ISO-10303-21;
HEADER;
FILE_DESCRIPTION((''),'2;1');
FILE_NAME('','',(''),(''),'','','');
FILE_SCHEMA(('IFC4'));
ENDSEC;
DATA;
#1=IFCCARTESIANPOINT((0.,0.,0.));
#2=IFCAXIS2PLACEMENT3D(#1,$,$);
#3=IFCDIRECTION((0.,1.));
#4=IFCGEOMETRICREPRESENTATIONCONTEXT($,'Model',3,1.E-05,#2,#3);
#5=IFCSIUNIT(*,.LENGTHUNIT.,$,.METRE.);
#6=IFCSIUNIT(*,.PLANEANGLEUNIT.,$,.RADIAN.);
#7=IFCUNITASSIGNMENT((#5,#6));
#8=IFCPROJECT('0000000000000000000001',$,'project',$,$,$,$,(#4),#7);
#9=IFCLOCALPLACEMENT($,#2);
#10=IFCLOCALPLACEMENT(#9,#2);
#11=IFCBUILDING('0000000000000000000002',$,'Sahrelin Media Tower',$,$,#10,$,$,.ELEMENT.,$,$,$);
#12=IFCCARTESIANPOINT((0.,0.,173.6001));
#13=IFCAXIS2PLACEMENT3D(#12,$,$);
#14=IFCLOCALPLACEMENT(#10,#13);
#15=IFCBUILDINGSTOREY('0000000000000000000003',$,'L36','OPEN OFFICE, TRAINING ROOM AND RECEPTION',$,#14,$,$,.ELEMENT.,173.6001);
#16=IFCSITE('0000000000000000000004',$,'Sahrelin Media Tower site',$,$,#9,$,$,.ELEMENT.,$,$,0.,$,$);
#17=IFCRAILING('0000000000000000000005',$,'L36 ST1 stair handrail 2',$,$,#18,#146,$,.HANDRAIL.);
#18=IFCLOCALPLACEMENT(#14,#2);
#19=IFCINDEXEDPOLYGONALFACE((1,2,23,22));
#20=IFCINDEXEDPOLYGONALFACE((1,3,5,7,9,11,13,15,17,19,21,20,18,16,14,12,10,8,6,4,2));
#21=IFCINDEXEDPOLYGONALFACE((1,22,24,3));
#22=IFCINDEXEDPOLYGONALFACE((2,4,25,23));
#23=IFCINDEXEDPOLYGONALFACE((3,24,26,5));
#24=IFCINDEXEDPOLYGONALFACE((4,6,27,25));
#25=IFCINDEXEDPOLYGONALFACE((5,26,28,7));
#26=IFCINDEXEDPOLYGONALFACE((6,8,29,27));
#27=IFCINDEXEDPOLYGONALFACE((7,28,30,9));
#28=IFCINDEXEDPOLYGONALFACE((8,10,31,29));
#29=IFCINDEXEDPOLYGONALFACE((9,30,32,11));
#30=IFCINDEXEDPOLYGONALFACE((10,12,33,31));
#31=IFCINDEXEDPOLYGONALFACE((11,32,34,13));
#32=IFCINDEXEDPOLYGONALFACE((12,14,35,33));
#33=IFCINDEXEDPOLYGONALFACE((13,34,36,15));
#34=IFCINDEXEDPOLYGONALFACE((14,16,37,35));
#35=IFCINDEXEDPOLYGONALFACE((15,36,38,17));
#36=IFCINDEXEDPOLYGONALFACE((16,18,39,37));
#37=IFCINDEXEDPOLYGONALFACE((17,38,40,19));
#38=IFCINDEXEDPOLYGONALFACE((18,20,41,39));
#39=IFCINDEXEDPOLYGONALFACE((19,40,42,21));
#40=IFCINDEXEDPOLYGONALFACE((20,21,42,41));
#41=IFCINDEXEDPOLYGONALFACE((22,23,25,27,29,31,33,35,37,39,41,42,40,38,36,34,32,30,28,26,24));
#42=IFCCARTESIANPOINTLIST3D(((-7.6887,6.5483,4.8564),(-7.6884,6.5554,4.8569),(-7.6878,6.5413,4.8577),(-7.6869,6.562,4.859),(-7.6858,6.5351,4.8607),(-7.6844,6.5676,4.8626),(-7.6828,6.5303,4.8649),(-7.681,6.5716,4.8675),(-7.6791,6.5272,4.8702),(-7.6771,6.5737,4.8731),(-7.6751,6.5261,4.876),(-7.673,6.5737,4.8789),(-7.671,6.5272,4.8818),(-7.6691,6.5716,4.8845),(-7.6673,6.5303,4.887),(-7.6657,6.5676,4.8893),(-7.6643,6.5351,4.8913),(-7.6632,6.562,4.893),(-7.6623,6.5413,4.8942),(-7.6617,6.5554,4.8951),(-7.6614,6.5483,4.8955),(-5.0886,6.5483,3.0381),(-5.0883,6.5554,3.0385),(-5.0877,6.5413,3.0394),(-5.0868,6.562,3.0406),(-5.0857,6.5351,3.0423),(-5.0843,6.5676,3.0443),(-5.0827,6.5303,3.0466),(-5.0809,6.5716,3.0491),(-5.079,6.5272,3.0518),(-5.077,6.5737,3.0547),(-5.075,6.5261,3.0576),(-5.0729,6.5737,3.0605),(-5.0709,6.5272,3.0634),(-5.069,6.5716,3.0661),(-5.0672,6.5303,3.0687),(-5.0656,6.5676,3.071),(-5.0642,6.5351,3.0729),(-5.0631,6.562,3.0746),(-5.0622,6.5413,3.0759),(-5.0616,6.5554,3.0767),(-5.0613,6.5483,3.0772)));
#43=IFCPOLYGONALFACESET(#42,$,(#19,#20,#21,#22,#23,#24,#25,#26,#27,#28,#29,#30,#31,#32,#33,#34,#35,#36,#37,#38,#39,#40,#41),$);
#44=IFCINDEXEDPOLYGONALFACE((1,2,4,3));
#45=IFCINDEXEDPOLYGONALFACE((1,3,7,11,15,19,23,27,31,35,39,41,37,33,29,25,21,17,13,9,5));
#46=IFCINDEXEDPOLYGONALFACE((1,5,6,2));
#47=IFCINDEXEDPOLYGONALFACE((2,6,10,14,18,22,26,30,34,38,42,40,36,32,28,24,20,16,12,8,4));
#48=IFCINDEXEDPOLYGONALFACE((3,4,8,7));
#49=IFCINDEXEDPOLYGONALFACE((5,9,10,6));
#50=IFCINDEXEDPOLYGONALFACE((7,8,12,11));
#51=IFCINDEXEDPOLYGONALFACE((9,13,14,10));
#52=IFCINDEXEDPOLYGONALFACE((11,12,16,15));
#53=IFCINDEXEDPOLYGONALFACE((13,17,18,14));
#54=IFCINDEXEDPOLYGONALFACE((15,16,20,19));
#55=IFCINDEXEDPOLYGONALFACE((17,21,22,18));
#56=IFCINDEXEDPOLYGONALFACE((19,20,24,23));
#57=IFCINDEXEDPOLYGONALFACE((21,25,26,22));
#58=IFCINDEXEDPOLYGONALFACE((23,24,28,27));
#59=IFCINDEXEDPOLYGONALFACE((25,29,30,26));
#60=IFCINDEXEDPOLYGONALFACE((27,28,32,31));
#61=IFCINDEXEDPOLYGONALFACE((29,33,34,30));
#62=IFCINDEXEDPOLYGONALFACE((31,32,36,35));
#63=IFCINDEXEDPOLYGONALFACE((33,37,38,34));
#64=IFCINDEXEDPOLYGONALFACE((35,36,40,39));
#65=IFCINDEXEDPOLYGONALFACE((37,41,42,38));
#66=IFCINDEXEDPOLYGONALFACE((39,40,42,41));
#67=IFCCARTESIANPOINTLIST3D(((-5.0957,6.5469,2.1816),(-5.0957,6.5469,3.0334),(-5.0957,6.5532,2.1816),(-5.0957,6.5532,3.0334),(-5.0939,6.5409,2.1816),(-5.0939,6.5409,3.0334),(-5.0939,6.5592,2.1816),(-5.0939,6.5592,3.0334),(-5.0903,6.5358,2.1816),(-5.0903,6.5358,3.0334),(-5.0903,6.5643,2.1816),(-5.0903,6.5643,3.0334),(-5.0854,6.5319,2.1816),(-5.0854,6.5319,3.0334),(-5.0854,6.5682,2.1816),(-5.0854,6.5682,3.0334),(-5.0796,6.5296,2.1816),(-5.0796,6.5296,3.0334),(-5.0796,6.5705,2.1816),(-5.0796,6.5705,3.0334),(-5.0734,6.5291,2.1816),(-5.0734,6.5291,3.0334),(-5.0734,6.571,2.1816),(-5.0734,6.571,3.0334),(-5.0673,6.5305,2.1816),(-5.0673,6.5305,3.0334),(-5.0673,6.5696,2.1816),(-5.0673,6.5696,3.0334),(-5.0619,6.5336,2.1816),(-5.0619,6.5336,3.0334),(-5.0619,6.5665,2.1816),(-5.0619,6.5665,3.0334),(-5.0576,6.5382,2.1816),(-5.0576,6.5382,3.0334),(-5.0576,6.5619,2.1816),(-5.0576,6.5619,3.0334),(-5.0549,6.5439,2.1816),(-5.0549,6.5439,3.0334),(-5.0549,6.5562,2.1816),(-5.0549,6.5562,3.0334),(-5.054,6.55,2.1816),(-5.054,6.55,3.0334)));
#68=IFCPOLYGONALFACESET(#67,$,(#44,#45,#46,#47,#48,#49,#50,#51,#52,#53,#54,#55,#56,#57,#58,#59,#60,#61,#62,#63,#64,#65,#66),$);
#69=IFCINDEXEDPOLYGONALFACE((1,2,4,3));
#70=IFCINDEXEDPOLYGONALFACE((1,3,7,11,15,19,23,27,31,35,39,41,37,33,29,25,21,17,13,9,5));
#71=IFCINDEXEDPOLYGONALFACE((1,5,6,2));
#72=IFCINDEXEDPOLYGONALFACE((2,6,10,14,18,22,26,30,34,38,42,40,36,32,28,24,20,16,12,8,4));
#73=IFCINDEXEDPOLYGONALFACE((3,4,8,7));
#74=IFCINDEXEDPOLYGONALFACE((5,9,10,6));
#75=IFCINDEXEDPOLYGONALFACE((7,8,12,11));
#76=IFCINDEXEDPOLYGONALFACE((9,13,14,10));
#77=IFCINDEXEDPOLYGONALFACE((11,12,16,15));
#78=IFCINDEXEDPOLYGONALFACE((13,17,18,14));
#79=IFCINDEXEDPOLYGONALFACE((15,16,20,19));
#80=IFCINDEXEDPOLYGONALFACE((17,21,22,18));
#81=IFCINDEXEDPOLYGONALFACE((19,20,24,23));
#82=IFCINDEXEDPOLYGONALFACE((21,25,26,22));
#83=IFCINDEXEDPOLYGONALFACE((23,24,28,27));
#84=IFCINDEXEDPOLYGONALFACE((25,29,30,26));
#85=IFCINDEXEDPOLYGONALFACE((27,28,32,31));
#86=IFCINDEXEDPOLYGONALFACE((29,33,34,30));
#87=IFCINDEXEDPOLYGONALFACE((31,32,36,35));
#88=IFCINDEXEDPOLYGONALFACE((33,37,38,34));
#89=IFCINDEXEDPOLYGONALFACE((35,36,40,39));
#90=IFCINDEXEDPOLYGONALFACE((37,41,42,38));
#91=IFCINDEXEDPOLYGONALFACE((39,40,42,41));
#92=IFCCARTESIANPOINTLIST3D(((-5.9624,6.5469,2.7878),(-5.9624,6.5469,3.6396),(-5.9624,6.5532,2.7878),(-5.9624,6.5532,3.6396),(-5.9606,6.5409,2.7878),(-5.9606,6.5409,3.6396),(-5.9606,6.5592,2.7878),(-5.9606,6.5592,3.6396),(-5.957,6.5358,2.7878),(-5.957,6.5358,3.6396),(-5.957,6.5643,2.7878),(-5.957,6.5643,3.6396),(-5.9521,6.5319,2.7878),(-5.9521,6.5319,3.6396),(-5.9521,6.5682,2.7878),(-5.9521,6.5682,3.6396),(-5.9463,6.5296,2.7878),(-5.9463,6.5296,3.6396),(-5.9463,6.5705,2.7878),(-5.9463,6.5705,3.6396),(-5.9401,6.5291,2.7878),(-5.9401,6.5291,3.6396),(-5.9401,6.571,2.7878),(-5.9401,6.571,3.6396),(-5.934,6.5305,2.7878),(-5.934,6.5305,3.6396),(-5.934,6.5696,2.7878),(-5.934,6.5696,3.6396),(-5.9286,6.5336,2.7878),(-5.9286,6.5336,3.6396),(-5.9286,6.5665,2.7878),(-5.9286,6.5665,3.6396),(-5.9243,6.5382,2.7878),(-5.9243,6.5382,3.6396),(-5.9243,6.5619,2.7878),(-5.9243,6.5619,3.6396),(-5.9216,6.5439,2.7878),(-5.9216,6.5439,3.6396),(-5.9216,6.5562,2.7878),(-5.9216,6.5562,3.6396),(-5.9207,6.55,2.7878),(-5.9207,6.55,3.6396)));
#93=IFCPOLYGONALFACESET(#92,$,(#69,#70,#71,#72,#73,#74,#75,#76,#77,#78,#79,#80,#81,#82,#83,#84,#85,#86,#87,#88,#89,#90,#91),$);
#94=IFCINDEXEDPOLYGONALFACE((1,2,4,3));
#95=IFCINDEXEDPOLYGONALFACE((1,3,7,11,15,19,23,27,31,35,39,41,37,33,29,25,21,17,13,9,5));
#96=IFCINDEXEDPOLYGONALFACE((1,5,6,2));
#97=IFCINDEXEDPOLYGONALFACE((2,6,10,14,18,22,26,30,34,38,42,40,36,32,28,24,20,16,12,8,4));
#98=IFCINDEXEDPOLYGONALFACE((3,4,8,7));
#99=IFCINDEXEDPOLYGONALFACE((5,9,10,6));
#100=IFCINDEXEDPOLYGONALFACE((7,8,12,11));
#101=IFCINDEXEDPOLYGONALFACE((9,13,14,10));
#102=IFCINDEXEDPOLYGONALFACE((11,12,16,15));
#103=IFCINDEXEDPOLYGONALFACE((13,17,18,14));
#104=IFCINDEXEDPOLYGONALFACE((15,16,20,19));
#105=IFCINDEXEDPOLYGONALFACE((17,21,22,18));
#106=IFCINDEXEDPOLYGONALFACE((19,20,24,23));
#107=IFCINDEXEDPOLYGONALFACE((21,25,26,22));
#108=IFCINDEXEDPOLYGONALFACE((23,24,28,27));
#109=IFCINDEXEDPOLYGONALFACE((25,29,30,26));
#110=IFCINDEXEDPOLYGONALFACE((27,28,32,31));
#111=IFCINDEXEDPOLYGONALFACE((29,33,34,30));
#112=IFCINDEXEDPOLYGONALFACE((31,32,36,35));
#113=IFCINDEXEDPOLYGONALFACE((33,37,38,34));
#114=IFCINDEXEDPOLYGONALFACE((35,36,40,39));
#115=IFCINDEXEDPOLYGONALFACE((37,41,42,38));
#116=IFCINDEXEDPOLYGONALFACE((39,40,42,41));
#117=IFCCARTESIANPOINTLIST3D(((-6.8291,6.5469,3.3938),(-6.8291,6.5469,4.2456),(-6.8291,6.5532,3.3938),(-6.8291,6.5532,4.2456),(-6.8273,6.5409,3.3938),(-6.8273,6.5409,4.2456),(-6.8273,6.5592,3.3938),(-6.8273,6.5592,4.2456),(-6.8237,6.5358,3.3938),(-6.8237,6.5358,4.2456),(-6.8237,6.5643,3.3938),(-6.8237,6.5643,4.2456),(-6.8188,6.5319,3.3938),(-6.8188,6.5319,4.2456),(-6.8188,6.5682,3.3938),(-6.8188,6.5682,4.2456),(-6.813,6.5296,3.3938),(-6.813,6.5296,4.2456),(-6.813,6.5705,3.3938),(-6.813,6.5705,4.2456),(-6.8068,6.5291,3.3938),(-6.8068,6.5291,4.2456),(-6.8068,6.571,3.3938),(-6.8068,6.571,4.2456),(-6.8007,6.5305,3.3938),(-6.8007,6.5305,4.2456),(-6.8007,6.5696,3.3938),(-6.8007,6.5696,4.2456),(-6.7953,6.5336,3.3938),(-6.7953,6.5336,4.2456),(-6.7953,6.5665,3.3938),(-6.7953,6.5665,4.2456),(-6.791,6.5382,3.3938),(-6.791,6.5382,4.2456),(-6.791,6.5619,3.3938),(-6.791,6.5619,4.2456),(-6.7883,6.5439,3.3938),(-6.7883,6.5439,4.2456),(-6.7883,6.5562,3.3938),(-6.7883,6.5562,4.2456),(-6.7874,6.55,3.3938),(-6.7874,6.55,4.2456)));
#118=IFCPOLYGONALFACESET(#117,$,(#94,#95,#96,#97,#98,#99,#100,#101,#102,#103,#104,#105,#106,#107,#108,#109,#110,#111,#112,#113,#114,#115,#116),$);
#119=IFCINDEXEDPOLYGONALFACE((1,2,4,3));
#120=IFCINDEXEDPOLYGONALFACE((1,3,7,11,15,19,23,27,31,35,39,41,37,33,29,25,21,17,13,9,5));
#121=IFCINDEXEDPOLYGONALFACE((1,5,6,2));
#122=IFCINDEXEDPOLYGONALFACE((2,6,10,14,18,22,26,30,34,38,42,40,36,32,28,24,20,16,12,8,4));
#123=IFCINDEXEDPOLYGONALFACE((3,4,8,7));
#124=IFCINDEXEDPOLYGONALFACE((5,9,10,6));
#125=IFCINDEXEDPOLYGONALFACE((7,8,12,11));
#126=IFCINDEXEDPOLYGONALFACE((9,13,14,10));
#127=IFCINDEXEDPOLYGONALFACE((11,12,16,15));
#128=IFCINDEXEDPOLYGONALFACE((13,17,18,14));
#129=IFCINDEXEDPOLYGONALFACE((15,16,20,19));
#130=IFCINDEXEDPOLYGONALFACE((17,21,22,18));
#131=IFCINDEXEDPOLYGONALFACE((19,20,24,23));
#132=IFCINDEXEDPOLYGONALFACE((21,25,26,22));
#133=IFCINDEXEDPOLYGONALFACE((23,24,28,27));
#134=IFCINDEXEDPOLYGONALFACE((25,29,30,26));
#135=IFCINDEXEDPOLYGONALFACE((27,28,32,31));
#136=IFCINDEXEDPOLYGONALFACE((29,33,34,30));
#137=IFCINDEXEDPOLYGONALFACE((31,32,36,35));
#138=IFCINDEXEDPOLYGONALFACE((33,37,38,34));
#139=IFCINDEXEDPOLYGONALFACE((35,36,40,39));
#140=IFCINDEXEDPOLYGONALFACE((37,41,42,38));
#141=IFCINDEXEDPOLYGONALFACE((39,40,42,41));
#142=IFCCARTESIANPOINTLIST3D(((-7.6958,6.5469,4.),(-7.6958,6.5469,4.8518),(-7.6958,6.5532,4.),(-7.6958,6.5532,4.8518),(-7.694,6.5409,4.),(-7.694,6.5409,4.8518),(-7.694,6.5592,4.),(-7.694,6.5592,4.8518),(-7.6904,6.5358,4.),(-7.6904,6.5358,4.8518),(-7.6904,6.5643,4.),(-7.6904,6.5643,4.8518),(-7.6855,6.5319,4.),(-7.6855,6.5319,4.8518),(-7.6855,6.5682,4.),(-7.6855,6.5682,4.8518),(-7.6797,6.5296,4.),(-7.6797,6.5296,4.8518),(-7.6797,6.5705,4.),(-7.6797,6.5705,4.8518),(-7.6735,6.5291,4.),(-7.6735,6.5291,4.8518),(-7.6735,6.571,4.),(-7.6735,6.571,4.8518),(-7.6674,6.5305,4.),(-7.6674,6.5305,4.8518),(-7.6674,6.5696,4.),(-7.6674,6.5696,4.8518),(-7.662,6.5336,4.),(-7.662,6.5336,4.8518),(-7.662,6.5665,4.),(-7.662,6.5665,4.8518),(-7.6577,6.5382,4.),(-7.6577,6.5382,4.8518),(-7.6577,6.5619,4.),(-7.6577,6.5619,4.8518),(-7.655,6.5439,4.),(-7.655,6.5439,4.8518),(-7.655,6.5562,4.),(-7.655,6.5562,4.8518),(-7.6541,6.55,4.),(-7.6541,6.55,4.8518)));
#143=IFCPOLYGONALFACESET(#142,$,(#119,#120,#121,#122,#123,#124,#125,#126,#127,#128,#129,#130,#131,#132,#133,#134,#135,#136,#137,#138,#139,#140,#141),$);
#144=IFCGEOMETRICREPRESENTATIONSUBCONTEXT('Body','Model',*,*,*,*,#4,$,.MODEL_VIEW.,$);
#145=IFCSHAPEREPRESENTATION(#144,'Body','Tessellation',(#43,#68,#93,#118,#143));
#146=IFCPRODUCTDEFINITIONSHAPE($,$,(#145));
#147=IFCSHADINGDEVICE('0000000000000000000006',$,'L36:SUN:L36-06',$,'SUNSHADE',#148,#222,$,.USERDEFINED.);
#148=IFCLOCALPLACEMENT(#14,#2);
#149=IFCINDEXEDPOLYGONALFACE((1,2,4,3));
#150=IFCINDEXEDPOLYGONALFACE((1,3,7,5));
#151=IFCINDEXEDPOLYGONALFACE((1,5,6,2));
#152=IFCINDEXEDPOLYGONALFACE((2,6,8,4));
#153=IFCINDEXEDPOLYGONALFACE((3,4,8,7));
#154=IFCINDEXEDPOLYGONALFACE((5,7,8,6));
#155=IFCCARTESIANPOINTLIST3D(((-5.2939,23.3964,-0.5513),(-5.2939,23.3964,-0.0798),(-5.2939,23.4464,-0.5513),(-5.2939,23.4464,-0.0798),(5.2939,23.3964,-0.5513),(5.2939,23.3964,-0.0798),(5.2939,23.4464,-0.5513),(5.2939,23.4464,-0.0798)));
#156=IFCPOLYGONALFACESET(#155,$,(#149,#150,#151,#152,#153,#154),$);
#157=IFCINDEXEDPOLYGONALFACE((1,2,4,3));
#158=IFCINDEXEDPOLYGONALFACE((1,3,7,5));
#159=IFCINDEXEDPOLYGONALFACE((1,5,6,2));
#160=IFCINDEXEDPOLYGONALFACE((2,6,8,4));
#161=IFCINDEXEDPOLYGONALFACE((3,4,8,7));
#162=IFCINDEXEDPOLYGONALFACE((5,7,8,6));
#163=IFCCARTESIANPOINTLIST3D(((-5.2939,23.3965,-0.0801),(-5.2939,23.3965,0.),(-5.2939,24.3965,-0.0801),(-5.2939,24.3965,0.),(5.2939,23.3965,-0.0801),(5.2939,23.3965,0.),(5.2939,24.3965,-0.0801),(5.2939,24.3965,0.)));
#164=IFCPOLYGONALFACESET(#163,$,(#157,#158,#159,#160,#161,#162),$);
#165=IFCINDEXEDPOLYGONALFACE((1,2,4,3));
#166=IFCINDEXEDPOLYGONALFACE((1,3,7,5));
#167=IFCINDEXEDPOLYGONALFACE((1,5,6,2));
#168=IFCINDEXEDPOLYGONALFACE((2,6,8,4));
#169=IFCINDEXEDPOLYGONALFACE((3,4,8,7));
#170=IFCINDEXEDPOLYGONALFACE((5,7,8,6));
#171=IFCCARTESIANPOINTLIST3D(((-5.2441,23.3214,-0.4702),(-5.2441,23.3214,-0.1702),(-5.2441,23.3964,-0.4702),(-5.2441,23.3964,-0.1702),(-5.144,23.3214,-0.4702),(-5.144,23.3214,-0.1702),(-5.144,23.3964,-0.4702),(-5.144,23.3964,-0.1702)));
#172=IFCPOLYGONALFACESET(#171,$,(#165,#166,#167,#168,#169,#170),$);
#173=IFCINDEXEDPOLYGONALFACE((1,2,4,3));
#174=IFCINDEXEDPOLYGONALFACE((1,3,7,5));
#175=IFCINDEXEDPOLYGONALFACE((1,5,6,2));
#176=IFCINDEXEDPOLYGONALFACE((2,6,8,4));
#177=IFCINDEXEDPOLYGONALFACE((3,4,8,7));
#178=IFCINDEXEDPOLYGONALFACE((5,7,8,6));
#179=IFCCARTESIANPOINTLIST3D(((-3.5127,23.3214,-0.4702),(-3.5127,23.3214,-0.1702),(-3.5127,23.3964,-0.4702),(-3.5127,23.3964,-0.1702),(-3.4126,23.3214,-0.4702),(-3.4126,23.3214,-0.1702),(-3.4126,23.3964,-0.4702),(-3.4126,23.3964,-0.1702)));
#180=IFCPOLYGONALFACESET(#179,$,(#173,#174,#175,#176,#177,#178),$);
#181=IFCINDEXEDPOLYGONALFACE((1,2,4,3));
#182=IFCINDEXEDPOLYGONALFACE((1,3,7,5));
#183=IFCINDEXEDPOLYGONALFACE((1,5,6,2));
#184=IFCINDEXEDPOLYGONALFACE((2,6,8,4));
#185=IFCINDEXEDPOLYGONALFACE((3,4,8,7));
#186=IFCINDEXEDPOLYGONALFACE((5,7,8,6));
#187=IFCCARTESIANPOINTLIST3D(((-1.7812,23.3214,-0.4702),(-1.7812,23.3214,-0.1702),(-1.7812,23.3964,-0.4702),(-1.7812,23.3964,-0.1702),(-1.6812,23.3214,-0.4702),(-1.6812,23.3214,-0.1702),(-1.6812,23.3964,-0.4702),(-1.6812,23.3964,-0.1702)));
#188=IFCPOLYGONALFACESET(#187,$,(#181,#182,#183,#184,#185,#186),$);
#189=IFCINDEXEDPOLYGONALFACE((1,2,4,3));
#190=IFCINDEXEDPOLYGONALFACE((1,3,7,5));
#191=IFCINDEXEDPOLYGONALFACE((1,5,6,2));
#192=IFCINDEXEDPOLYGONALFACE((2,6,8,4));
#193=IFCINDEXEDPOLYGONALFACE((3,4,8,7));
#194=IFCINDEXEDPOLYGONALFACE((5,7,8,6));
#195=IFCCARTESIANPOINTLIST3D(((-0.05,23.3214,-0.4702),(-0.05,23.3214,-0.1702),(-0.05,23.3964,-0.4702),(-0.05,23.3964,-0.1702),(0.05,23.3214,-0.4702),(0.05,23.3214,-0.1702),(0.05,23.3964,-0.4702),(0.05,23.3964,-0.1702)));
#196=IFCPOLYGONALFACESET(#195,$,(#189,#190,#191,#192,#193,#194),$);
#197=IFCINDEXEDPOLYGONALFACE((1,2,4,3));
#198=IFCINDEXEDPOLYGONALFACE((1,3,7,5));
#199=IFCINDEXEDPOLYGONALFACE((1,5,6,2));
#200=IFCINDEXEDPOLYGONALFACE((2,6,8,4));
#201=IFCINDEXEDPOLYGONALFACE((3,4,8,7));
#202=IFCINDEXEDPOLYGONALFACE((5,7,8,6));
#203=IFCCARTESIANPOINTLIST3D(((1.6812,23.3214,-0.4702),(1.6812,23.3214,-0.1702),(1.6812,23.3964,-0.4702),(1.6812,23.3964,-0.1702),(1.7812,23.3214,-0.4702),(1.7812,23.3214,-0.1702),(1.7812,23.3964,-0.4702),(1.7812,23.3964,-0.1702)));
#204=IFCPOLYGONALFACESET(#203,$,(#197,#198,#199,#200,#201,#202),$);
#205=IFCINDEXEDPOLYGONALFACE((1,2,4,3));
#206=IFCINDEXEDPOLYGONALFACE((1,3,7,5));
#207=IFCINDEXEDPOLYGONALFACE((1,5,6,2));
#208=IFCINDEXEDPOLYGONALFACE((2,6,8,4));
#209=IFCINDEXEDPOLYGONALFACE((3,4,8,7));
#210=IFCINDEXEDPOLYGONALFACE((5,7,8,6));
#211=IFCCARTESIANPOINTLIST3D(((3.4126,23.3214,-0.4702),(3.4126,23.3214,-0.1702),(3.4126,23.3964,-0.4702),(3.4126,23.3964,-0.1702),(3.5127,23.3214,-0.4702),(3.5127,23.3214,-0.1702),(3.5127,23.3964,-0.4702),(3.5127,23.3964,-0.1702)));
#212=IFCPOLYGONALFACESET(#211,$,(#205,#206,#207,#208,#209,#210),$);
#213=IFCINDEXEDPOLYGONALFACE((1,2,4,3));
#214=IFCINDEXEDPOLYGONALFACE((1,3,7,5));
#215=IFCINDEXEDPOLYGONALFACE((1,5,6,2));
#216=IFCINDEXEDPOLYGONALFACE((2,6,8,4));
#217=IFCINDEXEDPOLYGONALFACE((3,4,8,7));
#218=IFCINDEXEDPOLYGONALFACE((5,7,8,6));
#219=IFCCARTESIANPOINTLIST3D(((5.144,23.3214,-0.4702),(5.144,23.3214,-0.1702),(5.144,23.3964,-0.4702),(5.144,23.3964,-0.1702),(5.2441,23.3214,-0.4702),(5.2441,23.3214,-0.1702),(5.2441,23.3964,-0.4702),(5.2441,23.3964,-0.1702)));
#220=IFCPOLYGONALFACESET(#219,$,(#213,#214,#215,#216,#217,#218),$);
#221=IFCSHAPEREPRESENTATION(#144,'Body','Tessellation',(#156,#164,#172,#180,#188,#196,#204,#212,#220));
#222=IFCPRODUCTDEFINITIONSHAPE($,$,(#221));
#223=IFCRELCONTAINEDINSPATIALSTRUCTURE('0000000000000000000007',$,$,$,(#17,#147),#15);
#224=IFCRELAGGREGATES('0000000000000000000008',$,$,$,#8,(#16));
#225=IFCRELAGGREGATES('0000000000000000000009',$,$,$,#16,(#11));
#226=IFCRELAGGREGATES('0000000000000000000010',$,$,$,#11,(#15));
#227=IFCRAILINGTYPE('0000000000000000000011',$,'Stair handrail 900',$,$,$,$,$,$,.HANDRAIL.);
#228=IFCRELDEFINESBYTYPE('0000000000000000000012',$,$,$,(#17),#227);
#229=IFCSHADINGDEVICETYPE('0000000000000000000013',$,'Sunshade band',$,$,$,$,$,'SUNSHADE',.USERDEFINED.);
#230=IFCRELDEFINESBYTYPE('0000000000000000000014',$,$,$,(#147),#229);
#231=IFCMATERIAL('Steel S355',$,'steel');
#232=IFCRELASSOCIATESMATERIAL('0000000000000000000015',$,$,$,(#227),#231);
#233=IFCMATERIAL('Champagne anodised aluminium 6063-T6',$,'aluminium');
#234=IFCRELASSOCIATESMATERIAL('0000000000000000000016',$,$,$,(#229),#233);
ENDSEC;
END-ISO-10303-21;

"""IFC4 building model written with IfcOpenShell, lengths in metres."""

from ifc_helpers import new_model, si_unit, direction, frame, origin, origin_2d, place, context, subcontext, project, spatial, rectangle, circle, extrude, material, type_object, element, save


model = new_model("IFC4")

# Units and contexts
model_context = context("Model", 3, precision=1e-05, world=origin(), true_north=direction((0.0, 1.0)))
body_context = subcontext(model_context, "Body", "Model", "MODEL_VIEW")
ifc_project = project(units=[si_unit("LENGTHUNIT", "METRE"), si_unit("PLANEANGLEUNIT", "RADIAN")], contexts=[model_context])

# Site, building, storey
site_placement = place(None, origin())
site = spatial("IfcSite", under=ifc_project, at=site_placement, Name="Sahrelin Media Tower site", CompositionType="ELEMENT", RefElevation=0.0)
building_placement = place(site_placement, origin())
building = spatial("IfcBuilding", under=site, at=building_placement, Name="Sahrelin Media Tower", CompositionType="ELEMENT")
storey_placement = place(building_placement, frame((0.0, 0.0, 173.6001)))
storey = spatial("IfcBuildingStorey", under=building, at=storey_placement, Name="L36", Description="OPEN OFFICE, TRAINING ROOM AND RECEPTION", CompositionType="ELEMENT", Elevation=173.6001)

# Shared definitions
ifc_material_1 = material(Name="Steel S355", Category="steel")

# Shared definitions
ifc_material_2 = material(Name="Champagne anodised aluminium 6063-T6", Category="aluminium")
placement_1 = place(storey_placement, frame((0.0, 23.3765, 0.0), z_axis=(0.0, 0.0, 1.0), x_axis=(1.0, 0.0, 0.0)))

# Railing
railing_type_1 = type_object("IfcRailingType", Name="Stair handrail 900", PredefinedType="HANDRAIL", material=ifc_material_1)
railing_1_placement = place(storey_placement, frame((-5.075, 6.55, 2.1816)))
element("IfcRailing", 1, at=railing_1_placement, inside=storey, type_object=railing_type_1, Name="L36 ST1 stair handrail 2", PredefinedType="HANDRAIL", context=body_context, shape_type="SweptSolid", body=[
    extrude(circle(Radius=0.0239, at=origin_2d()), frame((0.0, 0.0, 0.876), z_axis=(-0.819485, 0.0, 0.573101), x_axis=(0.0, -1.0, 0.0)), (0.0, 0.0, 1.0), 3.1729),
    extrude(circle(Radius=0.021, at=origin_2d()), origin(), (0.0, 0.0, 1.0), 0.8518),
    extrude(circle(Radius=0.021, at=origin_2d()), frame((-0.8667, 0.0, 0.6062)), (0.0, 0.0, 1.0), 0.8518),
    extrude(circle(Radius=0.021, at=origin_2d()), frame((-1.7334, 0.0, 1.2122)), (0.0, 0.0, 1.0), 0.8518),
    extrude(circle(Radius=0.021, at=origin_2d()), frame((-2.6001, 0.0, 1.8184)), (0.0, 0.0, 1.0), 0.8518),
])

# Shading device
shading_device_type_1 = type_object("IfcShadingDeviceType", Name="Sunshade band", ElementType="SUNSHADE", PredefinedType="USERDEFINED", material=ifc_material_2)
element("IfcShadingDevice", 2, at=placement_1, inside=storey, type_object=shading_device_type_1, Name="L36:SUN:L36-06", ObjectType="SUNSHADE", PredefinedType="USERDEFINED", context=body_context, shape_type="SweptSolid", body=[
    extrude(rectangle(XDim=10.5879, YDim=0.05, at=origin_2d()), frame((0.0, 0.0449, -0.5513)), (0.0, 0.0, 1.0), 0.4714),
    extrude(rectangle(XDim=10.5879, YDim=1.0, at=origin_2d()), frame((0.0, 0.52, -0.0801)), (0.0, 0.0, 1.0), 0.0801),
    extrude(rectangle(XDim=0.1001, YDim=0.075, at=origin_2d()), frame((-5.1941, -0.0176, -0.4702)), (0.0, 0.0, 1.0), 0.3),
    extrude(rectangle(XDim=0.1001, YDim=0.075, at=origin_2d()), frame((-3.4626, -0.0176, -0.4702)), (0.0, 0.0, 1.0), 0.3),
    extrude(rectangle(XDim=0.1001, YDim=0.075, at=origin_2d()), frame((-1.7312, -0.0176, -0.4702)), (0.0, 0.0, 1.0), 0.3),
    extrude(rectangle(XDim=0.1001, YDim=0.075, at=origin_2d()), frame((0.0, -0.0176, -0.4702)), (0.0, 0.0, 1.0), 0.3),
    extrude(rectangle(XDim=0.1001, YDim=0.075, at=origin_2d()), frame((1.7312, -0.0176, -0.4702)), (0.0, 0.0, 1.0), 0.3),
    extrude(rectangle(XDim=0.1001, YDim=0.075, at=origin_2d()), frame((3.4626, -0.0176, -0.4702)), (0.0, 0.0, 1.0), 0.3),
    extrude(rectangle(XDim=0.1001, YDim=0.075, at=origin_2d()), frame((5.1941, -0.0176, -0.4702)), (0.0, 0.0, 1.0), 0.3),
])

save(model, "model.ifc")
